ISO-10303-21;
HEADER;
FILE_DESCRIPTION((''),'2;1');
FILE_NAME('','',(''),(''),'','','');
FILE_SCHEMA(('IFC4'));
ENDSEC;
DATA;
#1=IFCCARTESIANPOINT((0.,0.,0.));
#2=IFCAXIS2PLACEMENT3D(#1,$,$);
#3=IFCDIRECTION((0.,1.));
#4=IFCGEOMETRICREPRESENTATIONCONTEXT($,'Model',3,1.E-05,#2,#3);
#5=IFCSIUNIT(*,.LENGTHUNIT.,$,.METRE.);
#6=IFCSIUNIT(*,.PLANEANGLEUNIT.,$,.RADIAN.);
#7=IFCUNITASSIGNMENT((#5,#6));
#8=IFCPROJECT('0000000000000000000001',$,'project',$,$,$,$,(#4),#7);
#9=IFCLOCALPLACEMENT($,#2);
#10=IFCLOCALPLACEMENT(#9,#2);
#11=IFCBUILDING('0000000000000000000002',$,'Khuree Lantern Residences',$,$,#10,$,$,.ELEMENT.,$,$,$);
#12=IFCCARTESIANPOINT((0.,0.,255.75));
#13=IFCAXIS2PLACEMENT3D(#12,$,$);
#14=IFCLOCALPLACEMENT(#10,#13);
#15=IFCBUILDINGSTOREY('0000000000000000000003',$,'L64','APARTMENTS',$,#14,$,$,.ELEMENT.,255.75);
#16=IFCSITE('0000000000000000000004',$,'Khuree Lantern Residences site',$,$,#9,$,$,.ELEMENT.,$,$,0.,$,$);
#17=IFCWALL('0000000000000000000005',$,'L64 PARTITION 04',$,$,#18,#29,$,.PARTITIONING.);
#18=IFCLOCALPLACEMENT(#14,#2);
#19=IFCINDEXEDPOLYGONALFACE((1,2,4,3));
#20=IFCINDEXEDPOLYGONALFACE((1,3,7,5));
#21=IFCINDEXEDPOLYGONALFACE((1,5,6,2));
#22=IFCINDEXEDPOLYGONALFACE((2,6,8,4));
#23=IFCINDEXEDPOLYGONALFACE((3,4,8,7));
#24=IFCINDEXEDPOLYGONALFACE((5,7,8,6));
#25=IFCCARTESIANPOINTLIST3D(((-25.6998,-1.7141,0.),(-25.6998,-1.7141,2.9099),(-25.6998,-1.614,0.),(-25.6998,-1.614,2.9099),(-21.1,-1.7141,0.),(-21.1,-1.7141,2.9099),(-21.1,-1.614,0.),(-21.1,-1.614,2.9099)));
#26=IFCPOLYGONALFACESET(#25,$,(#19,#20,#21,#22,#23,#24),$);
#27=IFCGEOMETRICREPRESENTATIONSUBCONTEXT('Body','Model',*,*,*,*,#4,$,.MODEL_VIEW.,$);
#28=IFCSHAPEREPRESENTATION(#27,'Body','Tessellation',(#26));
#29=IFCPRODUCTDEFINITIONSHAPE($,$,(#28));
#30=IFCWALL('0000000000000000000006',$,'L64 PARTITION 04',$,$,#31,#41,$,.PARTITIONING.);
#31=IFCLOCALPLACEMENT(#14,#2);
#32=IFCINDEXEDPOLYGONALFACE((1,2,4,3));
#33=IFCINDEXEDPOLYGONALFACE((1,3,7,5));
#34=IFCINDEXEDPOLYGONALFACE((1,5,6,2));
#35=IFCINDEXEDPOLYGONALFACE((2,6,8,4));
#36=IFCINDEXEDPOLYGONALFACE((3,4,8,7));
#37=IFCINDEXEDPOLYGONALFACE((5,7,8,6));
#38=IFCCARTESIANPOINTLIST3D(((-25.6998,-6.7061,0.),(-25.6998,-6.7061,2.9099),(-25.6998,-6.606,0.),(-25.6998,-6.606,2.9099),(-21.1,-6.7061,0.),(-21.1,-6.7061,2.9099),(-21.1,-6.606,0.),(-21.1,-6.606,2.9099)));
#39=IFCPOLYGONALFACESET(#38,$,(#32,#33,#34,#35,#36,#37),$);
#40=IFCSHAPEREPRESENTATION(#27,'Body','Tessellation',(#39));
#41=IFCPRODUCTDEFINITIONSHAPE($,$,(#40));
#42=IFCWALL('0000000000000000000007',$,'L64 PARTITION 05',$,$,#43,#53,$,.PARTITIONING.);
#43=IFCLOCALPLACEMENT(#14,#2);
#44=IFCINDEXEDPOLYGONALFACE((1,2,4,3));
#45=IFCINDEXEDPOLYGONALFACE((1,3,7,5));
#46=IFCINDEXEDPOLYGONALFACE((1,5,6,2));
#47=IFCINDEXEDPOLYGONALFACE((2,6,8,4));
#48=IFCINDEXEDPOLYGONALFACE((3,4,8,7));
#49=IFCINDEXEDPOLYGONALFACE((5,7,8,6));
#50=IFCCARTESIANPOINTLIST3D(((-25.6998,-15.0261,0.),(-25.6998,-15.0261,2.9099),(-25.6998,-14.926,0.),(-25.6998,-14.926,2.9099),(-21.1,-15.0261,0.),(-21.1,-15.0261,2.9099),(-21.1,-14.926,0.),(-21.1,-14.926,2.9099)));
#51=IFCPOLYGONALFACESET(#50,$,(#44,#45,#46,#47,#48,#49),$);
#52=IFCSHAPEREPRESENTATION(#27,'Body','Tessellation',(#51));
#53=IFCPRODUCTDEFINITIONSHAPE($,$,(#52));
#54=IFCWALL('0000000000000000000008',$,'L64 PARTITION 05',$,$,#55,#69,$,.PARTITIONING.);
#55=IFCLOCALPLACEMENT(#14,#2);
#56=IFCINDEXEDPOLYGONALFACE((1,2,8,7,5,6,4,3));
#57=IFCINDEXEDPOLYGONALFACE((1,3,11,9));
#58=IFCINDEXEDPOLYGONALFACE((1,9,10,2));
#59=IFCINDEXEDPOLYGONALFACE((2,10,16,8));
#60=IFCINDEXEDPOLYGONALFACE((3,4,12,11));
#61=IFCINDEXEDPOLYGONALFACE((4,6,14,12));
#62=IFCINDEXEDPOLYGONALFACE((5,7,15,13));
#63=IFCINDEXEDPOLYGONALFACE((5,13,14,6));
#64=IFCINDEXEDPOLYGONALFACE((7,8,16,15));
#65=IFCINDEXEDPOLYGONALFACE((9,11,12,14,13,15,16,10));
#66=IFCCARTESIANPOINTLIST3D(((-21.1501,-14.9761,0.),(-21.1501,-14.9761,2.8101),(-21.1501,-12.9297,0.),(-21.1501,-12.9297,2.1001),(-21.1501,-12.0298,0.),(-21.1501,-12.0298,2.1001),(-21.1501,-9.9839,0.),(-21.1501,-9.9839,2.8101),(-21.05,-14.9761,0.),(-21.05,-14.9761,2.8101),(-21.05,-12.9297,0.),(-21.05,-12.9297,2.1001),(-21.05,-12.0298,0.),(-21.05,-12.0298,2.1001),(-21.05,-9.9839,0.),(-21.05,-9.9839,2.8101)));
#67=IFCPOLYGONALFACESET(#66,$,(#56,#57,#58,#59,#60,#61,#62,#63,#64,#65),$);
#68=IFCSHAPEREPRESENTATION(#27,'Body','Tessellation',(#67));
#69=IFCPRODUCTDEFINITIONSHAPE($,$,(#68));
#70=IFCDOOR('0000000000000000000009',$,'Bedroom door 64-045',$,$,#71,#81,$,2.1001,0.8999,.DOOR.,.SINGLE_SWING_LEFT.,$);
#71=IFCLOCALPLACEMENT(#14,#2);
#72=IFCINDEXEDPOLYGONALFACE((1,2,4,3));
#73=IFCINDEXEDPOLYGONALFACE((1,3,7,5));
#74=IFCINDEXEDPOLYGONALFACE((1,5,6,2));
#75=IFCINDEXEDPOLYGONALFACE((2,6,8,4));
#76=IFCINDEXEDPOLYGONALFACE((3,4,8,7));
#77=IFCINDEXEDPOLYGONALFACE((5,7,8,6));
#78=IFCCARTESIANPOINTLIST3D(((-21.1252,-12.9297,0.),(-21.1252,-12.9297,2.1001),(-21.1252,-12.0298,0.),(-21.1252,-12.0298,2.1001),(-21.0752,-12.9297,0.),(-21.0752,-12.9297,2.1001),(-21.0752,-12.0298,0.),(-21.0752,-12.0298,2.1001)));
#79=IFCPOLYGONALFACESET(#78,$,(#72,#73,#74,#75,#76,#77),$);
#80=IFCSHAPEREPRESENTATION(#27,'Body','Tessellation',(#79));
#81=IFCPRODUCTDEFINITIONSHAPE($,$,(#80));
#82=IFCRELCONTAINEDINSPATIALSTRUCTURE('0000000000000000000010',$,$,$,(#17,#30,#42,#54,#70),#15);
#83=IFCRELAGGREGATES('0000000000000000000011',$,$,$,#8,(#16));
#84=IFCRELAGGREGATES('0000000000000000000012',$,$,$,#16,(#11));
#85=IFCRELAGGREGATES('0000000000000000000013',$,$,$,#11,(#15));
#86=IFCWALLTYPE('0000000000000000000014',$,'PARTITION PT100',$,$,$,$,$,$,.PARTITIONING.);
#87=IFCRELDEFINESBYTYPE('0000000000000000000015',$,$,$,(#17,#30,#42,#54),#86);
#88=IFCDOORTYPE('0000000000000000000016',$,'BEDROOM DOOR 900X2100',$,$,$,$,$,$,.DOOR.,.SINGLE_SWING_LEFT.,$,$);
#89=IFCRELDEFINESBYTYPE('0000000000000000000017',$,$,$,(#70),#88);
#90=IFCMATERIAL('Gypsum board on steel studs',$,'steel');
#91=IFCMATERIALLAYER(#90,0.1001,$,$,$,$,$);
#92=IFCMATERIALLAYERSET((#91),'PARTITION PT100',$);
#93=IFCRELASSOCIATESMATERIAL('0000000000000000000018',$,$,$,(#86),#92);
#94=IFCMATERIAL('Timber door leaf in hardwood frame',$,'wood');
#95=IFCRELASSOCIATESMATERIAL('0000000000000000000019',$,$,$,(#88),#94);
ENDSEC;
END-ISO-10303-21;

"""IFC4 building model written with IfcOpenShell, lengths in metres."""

from ifc_helpers import new_model, si_unit, direction, frame, frame_2d, origin, place, context, subcontext, project, spatial, rectangle, extrude, material, layer, layer_set, type_object, element, fill, save


model = new_model("IFC4")

# Units and contexts
model_context = context("Model", 3, precision=1e-05, world=origin(), true_north=direction((0.0, 1.0)))
body_context = subcontext(model_context, "Body", "Model", "MODEL_VIEW")
ifc_project = project(units=[si_unit("LENGTHUNIT", "METRE"), si_unit("PLANEANGLEUNIT", "RADIAN")], contexts=[model_context])

# Site, building, storey
site_placement = place(None, origin())
site = spatial("IfcSite", under=ifc_project, at=site_placement, Name="Khuree Lantern Residences site", CompositionType="ELEMENT", RefElevation=0.0)
building_placement = place(site_placement, origin())
building = spatial("IfcBuilding", under=site, at=building_placement, Name="Khuree Lantern Residences", CompositionType="ELEMENT")
storey_placement = place(building_placement, frame((0.0, 0.0, 255.75)))
storey = spatial("IfcBuildingStorey", under=building, at=storey_placement, Name="L64", Description="APARTMENTS", CompositionType="ELEMENT", Elevation=255.75)

# Shared definitions
ifc_material_1 = material(Name="Timber door leaf in hardwood frame", Category="wood")

# Walls
ifc_material_2 = material(Name="Gypsum board on steel studs", Category="steel")
ifc_layer_1 = layer(ifc_material_2, 0.1001)
ifc_layer_set_1 = layer_set([ifc_layer_1], Name="PARTITION PT100")
wall_type_1 = type_object("IfcWallType", Name="PARTITION PT100", PredefinedType="PARTITIONING", material=ifc_layer_set_1)
for number, where, z_axis, x_axis, name in (
    (1, (-21.1001, -1.6641, 0.0), (0.0, 0.0, 1.0), (-1.0, 0.0, 0.0), "L64 PARTITION 04"),
    (2, (-21.1001, -6.656, 0.0), (0.0, 0.0, 1.0), (-1.0, 0.0, 0.0), "L64 PARTITION 04"),
    (3, (-21.1001, -14.9761, 0.0), (0.0, 0.0, 1.0), (-1.0, 0.0, 0.0), "L64 PARTITION 05"),
):
    element("IfcWall", number, at=place(storey_placement, frame(where, z_axis=z_axis, x_axis=x_axis)), inside=storey, type_object=wall_type_1, Name=name, PredefinedType="PARTITIONING", context=body_context, shape_type="SweptSolid", body=[
        extrude(rectangle(XDim=4.5999, YDim=0.1001, at=frame_2d((2.2998, 0.0))), origin(), (0.0, 0.0, 1.0), 2.9099),
    ])

# Wall, opening, door
wall_1_placement = place(storey_placement, frame((-21.1001, -9.9839, 0.0), z_axis=(0.0, 0.0, 1.0), x_axis=(0.0, -1.0, 0.0)))
wall_1 = element("IfcWall", 4, at=wall_1_placement, inside=storey, type_object=wall_type_1, Name="L64 PARTITION 05", PredefinedType="PARTITIONING", context=body_context, shape_type="SweptSolid", body=[
    extrude(rectangle(XDim=4.9922, YDim=0.1001, at=frame_2d((2.4961, 0.0))), origin(), (0.0, 0.0, 1.0), 2.8101),
])
opening_1_placement = place(wall_1_placement, frame((2.0459, 0.0, 0.0)))
opening_1 = element("IfcOpeningElement", 5, at=opening_1_placement, cuts=wall_1, PredefinedType="OPENING", context=body_context, shape_type="SweptSolid", body=[
    extrude(rectangle(XDim=0.8999, YDim=2.1001, at=frame_2d((0.45, 1.05))), frame((0.0, 0.0601, 0.0), z_axis=(0.0, -1.0, 0.0), x_axis=(1.0, 0.0, 0.0)), (0.0, 0.0, 1.0), 0.1201),
])
door_type_1 = type_object("IfcDoorType", Name="BEDROOM DOOR 900X2100", OperationType="SINGLE_SWING_LEFT", PredefinedType="DOOR", material=ifc_material_1)
door_1_placement = place(opening_1_placement, origin())
door_1 = element("IfcDoor", 6, at=door_1_placement, inside=storey, type_object=door_type_1, Name="Bedroom door 64-045", OperationType="SINGLE_SWING_LEFT", OverallHeight=2.1001, OverallWidth=0.8999, PredefinedType="DOOR", context=body_context, shape_type="SweptSolid", body=[
    extrude(rectangle(XDim=0.8999, YDim=2.1001, at=frame_2d((0.45, 1.05))), frame((0.0, 0.0249, 0.0), z_axis=(0.0, -1.0, 0.0), x_axis=(1.0, 0.0, 0.0)), (0.0, 0.0, 1.0), 0.05),
])
fill(opening_1, door_1)

save(model, "model.ifc")
